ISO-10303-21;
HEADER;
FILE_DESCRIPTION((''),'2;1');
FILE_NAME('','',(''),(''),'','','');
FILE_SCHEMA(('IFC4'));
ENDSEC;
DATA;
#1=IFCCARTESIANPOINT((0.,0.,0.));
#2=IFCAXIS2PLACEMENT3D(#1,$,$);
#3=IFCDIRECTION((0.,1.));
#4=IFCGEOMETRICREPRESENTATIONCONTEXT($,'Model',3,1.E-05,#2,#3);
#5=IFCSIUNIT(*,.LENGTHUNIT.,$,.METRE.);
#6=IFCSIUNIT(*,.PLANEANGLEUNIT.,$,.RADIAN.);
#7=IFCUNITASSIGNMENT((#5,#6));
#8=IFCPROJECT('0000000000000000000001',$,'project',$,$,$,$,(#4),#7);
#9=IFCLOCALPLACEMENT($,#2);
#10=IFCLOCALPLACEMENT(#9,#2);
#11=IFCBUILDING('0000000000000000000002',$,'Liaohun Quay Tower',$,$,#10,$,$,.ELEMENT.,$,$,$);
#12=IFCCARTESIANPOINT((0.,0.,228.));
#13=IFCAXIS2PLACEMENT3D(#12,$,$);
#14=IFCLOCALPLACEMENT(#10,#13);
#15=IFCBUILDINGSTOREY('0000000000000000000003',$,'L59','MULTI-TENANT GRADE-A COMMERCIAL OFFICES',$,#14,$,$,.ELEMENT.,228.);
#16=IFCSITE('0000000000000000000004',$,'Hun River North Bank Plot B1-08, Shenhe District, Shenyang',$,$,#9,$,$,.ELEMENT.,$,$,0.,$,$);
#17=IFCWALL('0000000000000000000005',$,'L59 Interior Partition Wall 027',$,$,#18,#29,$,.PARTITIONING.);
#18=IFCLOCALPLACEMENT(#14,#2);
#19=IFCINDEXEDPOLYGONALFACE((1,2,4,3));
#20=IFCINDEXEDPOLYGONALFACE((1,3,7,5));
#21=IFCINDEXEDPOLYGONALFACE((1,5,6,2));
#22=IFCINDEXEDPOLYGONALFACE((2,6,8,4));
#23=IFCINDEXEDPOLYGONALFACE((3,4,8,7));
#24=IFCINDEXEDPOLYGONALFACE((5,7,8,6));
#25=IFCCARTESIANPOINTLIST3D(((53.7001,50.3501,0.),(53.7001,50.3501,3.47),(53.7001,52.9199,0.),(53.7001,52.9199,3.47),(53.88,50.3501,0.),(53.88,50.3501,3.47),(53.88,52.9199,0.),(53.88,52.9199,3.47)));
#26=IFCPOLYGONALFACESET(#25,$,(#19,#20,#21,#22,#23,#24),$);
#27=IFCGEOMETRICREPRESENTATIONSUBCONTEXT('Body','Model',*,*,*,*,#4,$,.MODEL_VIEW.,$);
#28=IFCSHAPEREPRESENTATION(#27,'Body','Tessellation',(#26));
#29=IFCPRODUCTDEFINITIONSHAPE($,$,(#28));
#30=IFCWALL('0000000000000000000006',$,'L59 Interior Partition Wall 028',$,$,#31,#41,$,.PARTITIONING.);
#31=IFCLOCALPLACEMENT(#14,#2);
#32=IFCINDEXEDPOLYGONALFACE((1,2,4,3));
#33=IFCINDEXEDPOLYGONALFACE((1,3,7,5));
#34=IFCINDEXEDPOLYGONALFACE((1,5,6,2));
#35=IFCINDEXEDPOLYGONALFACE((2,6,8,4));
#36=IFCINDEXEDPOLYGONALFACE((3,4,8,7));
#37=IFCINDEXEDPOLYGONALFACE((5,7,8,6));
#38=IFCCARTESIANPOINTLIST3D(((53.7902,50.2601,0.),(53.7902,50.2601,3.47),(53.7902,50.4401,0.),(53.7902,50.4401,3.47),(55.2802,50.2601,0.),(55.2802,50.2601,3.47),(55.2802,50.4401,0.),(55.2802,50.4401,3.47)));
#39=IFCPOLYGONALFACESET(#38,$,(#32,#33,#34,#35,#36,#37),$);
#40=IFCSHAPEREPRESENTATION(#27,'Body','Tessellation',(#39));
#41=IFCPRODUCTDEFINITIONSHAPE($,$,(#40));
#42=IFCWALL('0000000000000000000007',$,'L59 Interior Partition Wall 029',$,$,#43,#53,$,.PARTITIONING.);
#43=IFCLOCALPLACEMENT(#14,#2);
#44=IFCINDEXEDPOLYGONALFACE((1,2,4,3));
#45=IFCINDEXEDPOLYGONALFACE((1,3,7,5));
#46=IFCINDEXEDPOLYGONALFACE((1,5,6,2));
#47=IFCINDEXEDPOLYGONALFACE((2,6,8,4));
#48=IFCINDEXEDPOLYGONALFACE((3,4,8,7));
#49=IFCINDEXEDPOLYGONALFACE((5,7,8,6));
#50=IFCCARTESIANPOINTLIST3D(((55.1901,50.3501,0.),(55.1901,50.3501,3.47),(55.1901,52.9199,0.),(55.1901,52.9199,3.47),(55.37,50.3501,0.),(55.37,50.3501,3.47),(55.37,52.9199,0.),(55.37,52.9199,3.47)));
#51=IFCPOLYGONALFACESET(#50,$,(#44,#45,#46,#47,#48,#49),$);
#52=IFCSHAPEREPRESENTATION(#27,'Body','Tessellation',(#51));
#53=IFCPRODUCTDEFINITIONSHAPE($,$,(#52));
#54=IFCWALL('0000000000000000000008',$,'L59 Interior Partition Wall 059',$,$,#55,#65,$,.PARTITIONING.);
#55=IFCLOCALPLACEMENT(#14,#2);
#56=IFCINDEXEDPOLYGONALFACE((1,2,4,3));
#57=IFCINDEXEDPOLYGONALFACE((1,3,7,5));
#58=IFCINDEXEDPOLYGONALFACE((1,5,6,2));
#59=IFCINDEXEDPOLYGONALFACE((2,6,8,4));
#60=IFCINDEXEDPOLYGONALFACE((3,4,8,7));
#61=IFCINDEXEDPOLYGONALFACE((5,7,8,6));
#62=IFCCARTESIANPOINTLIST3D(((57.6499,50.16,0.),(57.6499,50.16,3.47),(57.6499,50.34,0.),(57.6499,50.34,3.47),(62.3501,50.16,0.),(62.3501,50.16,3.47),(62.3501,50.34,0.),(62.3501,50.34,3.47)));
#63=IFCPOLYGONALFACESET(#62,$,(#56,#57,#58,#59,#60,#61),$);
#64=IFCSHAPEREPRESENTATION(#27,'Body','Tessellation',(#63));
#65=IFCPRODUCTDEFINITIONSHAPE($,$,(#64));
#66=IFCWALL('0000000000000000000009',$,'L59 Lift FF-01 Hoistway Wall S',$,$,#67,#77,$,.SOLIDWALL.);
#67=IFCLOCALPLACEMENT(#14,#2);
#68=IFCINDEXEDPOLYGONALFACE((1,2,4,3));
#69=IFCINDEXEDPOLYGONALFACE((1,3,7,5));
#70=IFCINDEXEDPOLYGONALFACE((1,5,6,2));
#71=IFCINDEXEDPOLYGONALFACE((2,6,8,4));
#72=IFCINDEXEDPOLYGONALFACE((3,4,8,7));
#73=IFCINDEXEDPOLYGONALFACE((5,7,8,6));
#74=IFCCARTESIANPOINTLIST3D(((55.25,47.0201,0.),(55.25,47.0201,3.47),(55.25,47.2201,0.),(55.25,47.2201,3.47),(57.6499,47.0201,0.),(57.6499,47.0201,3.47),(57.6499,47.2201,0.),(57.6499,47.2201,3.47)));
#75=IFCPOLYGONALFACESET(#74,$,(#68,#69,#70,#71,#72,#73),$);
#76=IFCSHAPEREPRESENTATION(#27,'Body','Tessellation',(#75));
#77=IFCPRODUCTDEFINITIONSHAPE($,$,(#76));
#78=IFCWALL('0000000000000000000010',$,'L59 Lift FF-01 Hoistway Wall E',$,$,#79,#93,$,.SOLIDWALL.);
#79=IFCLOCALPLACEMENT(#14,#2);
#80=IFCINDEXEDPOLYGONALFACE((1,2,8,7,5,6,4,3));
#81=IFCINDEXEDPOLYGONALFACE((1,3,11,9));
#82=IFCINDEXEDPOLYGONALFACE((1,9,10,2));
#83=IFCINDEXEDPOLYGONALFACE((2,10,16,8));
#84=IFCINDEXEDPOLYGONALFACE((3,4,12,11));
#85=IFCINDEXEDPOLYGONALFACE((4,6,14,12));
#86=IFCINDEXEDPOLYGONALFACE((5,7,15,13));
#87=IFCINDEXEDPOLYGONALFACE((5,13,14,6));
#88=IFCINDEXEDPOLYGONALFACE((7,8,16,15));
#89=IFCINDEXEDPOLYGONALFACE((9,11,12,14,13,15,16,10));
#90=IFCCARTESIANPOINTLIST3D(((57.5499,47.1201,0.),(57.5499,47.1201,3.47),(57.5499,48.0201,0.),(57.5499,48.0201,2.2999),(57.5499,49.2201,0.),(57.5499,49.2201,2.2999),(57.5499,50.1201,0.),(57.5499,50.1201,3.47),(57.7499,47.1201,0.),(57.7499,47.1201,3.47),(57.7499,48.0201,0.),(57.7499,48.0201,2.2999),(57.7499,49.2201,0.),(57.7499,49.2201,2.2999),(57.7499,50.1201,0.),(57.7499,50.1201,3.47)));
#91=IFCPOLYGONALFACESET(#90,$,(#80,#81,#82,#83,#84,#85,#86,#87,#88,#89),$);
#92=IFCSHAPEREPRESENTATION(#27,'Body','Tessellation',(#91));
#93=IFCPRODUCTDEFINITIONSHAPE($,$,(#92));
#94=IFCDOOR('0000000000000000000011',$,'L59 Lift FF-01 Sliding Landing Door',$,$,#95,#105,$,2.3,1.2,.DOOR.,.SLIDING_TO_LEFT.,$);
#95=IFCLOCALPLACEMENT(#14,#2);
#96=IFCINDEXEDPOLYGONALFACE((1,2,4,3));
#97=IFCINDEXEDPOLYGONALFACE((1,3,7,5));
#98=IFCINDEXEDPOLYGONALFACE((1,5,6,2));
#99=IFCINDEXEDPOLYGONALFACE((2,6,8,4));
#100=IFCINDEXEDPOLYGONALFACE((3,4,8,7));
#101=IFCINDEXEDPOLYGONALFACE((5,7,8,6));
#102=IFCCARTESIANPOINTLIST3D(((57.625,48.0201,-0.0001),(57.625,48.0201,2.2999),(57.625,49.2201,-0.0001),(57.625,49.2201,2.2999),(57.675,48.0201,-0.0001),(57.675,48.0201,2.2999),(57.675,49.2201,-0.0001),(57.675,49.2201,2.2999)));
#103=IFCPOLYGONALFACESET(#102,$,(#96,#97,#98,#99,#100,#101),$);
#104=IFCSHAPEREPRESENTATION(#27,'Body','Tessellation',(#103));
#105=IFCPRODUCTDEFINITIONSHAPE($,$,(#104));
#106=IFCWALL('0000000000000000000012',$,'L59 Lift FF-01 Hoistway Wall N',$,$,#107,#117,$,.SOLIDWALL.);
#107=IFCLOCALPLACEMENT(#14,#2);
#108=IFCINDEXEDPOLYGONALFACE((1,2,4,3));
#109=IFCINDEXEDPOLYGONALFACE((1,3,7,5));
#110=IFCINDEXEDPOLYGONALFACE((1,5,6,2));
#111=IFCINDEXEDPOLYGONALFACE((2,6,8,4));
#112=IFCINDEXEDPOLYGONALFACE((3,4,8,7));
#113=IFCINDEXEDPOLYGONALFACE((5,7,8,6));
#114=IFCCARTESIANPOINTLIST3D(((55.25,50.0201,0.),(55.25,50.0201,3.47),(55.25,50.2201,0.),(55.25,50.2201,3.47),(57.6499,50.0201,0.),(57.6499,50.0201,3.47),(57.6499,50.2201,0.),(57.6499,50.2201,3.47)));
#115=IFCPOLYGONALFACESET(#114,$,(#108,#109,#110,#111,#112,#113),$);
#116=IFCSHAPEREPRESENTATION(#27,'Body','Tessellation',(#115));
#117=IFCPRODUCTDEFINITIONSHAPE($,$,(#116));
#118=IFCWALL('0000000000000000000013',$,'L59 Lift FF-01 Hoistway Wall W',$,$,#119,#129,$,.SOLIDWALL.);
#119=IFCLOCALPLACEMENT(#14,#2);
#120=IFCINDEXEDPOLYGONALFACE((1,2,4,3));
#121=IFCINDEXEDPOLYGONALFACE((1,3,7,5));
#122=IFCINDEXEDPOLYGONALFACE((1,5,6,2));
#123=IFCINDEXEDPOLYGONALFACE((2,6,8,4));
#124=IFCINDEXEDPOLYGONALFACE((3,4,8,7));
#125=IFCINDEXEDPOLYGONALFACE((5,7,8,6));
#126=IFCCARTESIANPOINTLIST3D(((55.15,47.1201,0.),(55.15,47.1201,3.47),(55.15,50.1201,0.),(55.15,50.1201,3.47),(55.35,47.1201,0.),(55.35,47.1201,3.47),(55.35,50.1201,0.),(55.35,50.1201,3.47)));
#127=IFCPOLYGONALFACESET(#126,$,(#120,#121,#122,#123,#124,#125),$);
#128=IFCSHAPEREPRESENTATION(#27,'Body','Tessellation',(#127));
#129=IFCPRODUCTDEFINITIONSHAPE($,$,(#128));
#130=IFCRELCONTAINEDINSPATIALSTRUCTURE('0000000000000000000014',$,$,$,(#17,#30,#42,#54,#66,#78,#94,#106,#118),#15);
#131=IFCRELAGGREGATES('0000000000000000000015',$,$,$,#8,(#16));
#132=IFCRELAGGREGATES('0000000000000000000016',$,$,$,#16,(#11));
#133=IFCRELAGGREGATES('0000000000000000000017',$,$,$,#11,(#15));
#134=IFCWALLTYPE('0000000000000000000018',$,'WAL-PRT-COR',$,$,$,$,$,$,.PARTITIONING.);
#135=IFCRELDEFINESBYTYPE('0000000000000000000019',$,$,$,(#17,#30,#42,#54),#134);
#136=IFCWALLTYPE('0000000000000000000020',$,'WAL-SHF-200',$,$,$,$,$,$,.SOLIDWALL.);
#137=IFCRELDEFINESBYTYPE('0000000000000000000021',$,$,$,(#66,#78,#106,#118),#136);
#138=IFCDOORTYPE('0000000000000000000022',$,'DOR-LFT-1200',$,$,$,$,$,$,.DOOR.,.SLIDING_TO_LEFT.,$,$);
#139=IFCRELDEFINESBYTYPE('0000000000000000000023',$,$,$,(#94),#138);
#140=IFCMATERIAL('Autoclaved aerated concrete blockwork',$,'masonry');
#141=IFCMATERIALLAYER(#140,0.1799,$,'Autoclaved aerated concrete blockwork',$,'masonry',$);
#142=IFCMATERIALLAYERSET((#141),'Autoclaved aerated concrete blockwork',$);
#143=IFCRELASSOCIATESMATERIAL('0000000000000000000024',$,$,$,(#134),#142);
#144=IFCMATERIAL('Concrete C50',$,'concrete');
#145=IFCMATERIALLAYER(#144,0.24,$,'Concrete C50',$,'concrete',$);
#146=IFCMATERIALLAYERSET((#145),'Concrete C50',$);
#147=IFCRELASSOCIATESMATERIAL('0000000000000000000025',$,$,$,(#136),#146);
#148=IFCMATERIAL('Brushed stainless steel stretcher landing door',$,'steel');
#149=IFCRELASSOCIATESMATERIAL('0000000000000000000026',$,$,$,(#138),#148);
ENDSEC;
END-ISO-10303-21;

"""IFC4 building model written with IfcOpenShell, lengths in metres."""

from ifc_helpers import new_model, si_unit, direction, frame, frame_2d, origin, place, context, subcontext, project, spatial, rectangle, extrude, source, transform, mapped, material, layer, layer_set, type_object, element, fill, save


model = new_model("IFC4")

# Units and contexts
model_context = context("Model", 3, precision=1e-05, world=origin(), true_north=direction((0.0, 1.0)))
body_context = subcontext(model_context, "Body", "Model", "MODEL_VIEW")
ifc_project = project(units=[si_unit("LENGTHUNIT", "METRE"), si_unit("PLANEANGLEUNIT", "RADIAN")], contexts=[model_context])

# Site, building, storey
site_placement = place(None, origin())
site = spatial("IfcSite", under=ifc_project, at=site_placement, Name="Hun River North Bank Plot B1-08, Shenhe District, Shenyang", CompositionType="ELEMENT", RefElevation=0.0)
building_placement = place(site_placement, origin())
building = spatial("IfcBuilding", under=site, at=building_placement, Name="Liaohun Quay Tower", CompositionType="ELEMENT")
storey_placement = place(building_placement, frame((0.0, 0.0, 228.0)))
storey = spatial("IfcBuildingStorey", under=building, at=storey_placement, Name="L59", Description="MULTI-TENANT GRADE-A COMMERCIAL OFFICES", CompositionType="ELEMENT", Elevation=228.0)

# Shared definitions
ifc_material_1 = material(Name="Autoclaved aerated concrete blockwork", Category="masonry")
ifc_layer_1 = layer(ifc_material_1, 0.1799, Name="Autoclaved aerated concrete blockwork", Category="masonry")
ifc_layer_set_1 = layer_set([ifc_layer_1], Name="Autoclaved aerated concrete blockwork")
wall_type_1 = type_object("IfcWallType", Name="WAL-PRT-COR", PredefinedType="PARTITIONING", material=ifc_layer_set_1)

# Walls
wall_1_placement = place(storey_placement, frame((53.79, 50.3501, 0.0), z_axis=(0.0, 0.0, 1.0), x_axis=(0.0, 1.0, 0.0)))
element("IfcWall", 1, at=wall_1_placement, inside=storey, type_object=wall_type_1, Name="L59 Interior Partition Wall 027", PredefinedType="PARTITIONING", context=body_context, shape_type="SweptSolid", body=[
    extrude(rectangle(XDim=2.5698, YDim=0.1799, at=frame_2d((1.2849, 0.0))), origin(), (0.0, 0.0, 1.0), 3.47),
])
wall_2_placement = place(storey_placement, frame((53.79, 50.3501, 0.0), z_axis=(0.0, 0.0, 1.0), x_axis=(1.0, 0.0, 0.0)))
element("IfcWall", 2, at=wall_2_placement, inside=storey, type_object=wall_type_1, Name="L59 Interior Partition Wall 028", PredefinedType="PARTITIONING", context=body_context, shape_type="SweptSolid", body=[
    extrude(rectangle(XDim=1.49, YDim=0.1799, at=frame_2d((0.7451, 0.0))), origin(), (0.0, 0.0, 1.0), 3.47),
])
wall_3_placement = place(storey_placement, frame((55.28, 50.3501, 0.0), z_axis=(0.0, 0.0, 1.0), x_axis=(0.0, 1.0, 0.0)))
element("IfcWall", 3, at=wall_3_placement, inside=storey, type_object=wall_type_1, Name="L59 Interior Partition Wall 029", PredefinedType="PARTITIONING", context=body_context, shape_type="SweptSolid", body=[
    extrude(rectangle(XDim=2.5698, YDim=0.1799, at=frame_2d((1.2849, 0.0))), origin(), (0.0, 0.0, 1.0), 3.47),
])
wall_4_placement = place(storey_placement, frame((57.6499, 50.25, 0.0), z_axis=(0.0, 0.0, 1.0), x_axis=(1.0, 0.0, 0.0)))
element("IfcWall", 4, at=wall_4_placement, inside=storey, type_object=wall_type_1, Name="L59 Interior Partition Wall 059", PredefinedType="PARTITIONING", context=body_context, shape_type="SweptSolid", body=[
    extrude(rectangle(XDim=4.7002, YDim=0.1799, at=frame_2d((2.3501, 0.0))), origin(), (0.0, 0.0, 1.0), 3.47),
])
ifc_material_2 = material(Name="Concrete C50", Category="concrete")
ifc_layer_2 = layer(ifc_material_2, 0.24, Name="Concrete C50", Category="concrete")
ifc_layer_set_2 = layer_set([ifc_layer_2], Name="Concrete C50")
wall_type_2 = type_object("IfcWallType", Name="WAL-SHF-200", PredefinedType="SOLIDWALL", material=ifc_layer_set_2)
wall_5_placement = place(storey_placement, frame((55.25, 47.1201, 0.0), z_axis=(0.0, 0.0, 1.0), x_axis=(1.0, 0.0, 0.0)))
element("IfcWall", 5, at=wall_5_placement, inside=storey, type_object=wall_type_2, Name="L59 Lift FF-01 Hoistway Wall S", PredefinedType="SOLIDWALL", context=body_context, shape_type="SweptSolid", body=[
    extrude(rectangle(XDim=2.3999, YDim=0.2, at=frame_2d((1.2, 0.0))), origin(), (0.0, 0.0, 1.0), 3.47),
])

# Wall, opening, door
wall_6_placement = place(storey_placement, frame((57.6499, 47.1201, 0.0), z_axis=(0.0, 0.0, 1.0), x_axis=(0.0, 1.0, 0.0)))
wall_6 = element("IfcWall", 6, at=wall_6_placement, inside=storey, type_object=wall_type_2, Name="L59 Lift FF-01 Hoistway Wall E", PredefinedType="SOLIDWALL", context=body_context, shape_type="SweptSolid", body=[
    extrude(rectangle(XDim=3.0, YDim=0.2, at=frame_2d((1.5, 0.0))), origin(), (0.0, 0.0, 1.0), 3.47),
])
shared_shape_1 = source(origin(), body_context, "Body", "SweptSolid", [
    extrude(rectangle(XDim=1.2, YDim=2.3, at=frame_2d((0.6001, 1.1499))), frame((0.0, 0.1099, 0.0), z_axis=(0.0, -1.0, 0.0), x_axis=(1.0, 0.0, 0.0)), (0.0, 0.0, 1.0), 0.22),
])
opening_1_placement = place(wall_6_placement, frame((0.8999, 0.0, 0.0)))
opening_1 = element("IfcOpeningElement", 7, at=opening_1_placement, cuts=wall_6, PredefinedType="OPENING", context=body_context, shape_type="MappedRepresentation", body=[
    mapped(shared_shape_1, transform((0.0, 0.0, 0.0), x_axis=(1.0, 0.0, 0.0), y_axis=(0.0, 1.0, 0.0), z_axis=(0.0, 0.0, 1.0), scale=1.0)),
])
ifc_material_3 = material(Name="Brushed stainless steel stretcher landing door", Category="steel")
door_type_1 = type_object("IfcDoorType", Name="DOR-LFT-1200", OperationType="SLIDING_TO_LEFT", PredefinedType="DOOR", material=ifc_material_3)
shared_shape_2 = source(origin(), body_context, "Body", "SweptSolid", [
    extrude(rectangle(XDim=1.2, YDim=2.3, at=frame_2d((0.6001, 1.1499))), frame((0.0, 0.0249, 0.0), z_axis=(0.0, -1.0, 0.0), x_axis=(1.0, 0.0, 0.0)), (0.0, 0.0, 1.0), 0.05),
])
door_1_placement = place(opening_1_placement, origin())
door_1 = element("IfcDoor", 8, at=door_1_placement, inside=storey, type_object=door_type_1, Name="L59 Lift FF-01 Sliding Landing Door", OperationType="SLIDING_TO_LEFT", OverallHeight=2.3, OverallWidth=1.2, PredefinedType="DOOR", context=body_context, shape_type="MappedRepresentation", body=[
    mapped(shared_shape_2, transform((0.0, 0.0, 0.0), x_axis=(1.0, 0.0, 0.0), y_axis=(0.0, 1.0, 0.0), z_axis=(0.0, 0.0, 1.0), scale=1.0)),
])
fill(opening_1, door_1)

# Walls
wall_7_placement = place(storey_placement, frame((57.6499, 50.1201, 0.0), z_axis=(0.0, 0.0, 1.0), x_axis=(-1.0, 0.0, 0.0)))
element("IfcWall", 9, at=wall_7_placement, inside=storey, type_object=wall_type_2, Name="L59 Lift FF-01 Hoistway Wall N", PredefinedType="SOLIDWALL", context=body_context, shape_type="SweptSolid", body=[
    extrude(rectangle(XDim=2.3999, YDim=0.2, at=frame_2d((1.2, 0.0))), origin(), (0.0, 0.0, 1.0), 3.47),
])
wall_8_placement = place(storey_placement, frame((55.25, 50.1201, 0.0), z_axis=(0.0, 0.0, 1.0), x_axis=(0.0, -1.0, 0.0)))
element("IfcWall", 10, at=wall_8_placement, inside=storey, type_object=wall_type_2, Name="L59 Lift FF-01 Hoistway Wall W", PredefinedType="SOLIDWALL", context=body_context, shape_type="SweptSolid", body=[
    extrude(rectangle(XDim=3.0, YDim=0.2, at=frame_2d((1.5, 0.0))), origin(), (0.0, 0.0, 1.0), 3.47),
])

save(model, "model.ifc")
